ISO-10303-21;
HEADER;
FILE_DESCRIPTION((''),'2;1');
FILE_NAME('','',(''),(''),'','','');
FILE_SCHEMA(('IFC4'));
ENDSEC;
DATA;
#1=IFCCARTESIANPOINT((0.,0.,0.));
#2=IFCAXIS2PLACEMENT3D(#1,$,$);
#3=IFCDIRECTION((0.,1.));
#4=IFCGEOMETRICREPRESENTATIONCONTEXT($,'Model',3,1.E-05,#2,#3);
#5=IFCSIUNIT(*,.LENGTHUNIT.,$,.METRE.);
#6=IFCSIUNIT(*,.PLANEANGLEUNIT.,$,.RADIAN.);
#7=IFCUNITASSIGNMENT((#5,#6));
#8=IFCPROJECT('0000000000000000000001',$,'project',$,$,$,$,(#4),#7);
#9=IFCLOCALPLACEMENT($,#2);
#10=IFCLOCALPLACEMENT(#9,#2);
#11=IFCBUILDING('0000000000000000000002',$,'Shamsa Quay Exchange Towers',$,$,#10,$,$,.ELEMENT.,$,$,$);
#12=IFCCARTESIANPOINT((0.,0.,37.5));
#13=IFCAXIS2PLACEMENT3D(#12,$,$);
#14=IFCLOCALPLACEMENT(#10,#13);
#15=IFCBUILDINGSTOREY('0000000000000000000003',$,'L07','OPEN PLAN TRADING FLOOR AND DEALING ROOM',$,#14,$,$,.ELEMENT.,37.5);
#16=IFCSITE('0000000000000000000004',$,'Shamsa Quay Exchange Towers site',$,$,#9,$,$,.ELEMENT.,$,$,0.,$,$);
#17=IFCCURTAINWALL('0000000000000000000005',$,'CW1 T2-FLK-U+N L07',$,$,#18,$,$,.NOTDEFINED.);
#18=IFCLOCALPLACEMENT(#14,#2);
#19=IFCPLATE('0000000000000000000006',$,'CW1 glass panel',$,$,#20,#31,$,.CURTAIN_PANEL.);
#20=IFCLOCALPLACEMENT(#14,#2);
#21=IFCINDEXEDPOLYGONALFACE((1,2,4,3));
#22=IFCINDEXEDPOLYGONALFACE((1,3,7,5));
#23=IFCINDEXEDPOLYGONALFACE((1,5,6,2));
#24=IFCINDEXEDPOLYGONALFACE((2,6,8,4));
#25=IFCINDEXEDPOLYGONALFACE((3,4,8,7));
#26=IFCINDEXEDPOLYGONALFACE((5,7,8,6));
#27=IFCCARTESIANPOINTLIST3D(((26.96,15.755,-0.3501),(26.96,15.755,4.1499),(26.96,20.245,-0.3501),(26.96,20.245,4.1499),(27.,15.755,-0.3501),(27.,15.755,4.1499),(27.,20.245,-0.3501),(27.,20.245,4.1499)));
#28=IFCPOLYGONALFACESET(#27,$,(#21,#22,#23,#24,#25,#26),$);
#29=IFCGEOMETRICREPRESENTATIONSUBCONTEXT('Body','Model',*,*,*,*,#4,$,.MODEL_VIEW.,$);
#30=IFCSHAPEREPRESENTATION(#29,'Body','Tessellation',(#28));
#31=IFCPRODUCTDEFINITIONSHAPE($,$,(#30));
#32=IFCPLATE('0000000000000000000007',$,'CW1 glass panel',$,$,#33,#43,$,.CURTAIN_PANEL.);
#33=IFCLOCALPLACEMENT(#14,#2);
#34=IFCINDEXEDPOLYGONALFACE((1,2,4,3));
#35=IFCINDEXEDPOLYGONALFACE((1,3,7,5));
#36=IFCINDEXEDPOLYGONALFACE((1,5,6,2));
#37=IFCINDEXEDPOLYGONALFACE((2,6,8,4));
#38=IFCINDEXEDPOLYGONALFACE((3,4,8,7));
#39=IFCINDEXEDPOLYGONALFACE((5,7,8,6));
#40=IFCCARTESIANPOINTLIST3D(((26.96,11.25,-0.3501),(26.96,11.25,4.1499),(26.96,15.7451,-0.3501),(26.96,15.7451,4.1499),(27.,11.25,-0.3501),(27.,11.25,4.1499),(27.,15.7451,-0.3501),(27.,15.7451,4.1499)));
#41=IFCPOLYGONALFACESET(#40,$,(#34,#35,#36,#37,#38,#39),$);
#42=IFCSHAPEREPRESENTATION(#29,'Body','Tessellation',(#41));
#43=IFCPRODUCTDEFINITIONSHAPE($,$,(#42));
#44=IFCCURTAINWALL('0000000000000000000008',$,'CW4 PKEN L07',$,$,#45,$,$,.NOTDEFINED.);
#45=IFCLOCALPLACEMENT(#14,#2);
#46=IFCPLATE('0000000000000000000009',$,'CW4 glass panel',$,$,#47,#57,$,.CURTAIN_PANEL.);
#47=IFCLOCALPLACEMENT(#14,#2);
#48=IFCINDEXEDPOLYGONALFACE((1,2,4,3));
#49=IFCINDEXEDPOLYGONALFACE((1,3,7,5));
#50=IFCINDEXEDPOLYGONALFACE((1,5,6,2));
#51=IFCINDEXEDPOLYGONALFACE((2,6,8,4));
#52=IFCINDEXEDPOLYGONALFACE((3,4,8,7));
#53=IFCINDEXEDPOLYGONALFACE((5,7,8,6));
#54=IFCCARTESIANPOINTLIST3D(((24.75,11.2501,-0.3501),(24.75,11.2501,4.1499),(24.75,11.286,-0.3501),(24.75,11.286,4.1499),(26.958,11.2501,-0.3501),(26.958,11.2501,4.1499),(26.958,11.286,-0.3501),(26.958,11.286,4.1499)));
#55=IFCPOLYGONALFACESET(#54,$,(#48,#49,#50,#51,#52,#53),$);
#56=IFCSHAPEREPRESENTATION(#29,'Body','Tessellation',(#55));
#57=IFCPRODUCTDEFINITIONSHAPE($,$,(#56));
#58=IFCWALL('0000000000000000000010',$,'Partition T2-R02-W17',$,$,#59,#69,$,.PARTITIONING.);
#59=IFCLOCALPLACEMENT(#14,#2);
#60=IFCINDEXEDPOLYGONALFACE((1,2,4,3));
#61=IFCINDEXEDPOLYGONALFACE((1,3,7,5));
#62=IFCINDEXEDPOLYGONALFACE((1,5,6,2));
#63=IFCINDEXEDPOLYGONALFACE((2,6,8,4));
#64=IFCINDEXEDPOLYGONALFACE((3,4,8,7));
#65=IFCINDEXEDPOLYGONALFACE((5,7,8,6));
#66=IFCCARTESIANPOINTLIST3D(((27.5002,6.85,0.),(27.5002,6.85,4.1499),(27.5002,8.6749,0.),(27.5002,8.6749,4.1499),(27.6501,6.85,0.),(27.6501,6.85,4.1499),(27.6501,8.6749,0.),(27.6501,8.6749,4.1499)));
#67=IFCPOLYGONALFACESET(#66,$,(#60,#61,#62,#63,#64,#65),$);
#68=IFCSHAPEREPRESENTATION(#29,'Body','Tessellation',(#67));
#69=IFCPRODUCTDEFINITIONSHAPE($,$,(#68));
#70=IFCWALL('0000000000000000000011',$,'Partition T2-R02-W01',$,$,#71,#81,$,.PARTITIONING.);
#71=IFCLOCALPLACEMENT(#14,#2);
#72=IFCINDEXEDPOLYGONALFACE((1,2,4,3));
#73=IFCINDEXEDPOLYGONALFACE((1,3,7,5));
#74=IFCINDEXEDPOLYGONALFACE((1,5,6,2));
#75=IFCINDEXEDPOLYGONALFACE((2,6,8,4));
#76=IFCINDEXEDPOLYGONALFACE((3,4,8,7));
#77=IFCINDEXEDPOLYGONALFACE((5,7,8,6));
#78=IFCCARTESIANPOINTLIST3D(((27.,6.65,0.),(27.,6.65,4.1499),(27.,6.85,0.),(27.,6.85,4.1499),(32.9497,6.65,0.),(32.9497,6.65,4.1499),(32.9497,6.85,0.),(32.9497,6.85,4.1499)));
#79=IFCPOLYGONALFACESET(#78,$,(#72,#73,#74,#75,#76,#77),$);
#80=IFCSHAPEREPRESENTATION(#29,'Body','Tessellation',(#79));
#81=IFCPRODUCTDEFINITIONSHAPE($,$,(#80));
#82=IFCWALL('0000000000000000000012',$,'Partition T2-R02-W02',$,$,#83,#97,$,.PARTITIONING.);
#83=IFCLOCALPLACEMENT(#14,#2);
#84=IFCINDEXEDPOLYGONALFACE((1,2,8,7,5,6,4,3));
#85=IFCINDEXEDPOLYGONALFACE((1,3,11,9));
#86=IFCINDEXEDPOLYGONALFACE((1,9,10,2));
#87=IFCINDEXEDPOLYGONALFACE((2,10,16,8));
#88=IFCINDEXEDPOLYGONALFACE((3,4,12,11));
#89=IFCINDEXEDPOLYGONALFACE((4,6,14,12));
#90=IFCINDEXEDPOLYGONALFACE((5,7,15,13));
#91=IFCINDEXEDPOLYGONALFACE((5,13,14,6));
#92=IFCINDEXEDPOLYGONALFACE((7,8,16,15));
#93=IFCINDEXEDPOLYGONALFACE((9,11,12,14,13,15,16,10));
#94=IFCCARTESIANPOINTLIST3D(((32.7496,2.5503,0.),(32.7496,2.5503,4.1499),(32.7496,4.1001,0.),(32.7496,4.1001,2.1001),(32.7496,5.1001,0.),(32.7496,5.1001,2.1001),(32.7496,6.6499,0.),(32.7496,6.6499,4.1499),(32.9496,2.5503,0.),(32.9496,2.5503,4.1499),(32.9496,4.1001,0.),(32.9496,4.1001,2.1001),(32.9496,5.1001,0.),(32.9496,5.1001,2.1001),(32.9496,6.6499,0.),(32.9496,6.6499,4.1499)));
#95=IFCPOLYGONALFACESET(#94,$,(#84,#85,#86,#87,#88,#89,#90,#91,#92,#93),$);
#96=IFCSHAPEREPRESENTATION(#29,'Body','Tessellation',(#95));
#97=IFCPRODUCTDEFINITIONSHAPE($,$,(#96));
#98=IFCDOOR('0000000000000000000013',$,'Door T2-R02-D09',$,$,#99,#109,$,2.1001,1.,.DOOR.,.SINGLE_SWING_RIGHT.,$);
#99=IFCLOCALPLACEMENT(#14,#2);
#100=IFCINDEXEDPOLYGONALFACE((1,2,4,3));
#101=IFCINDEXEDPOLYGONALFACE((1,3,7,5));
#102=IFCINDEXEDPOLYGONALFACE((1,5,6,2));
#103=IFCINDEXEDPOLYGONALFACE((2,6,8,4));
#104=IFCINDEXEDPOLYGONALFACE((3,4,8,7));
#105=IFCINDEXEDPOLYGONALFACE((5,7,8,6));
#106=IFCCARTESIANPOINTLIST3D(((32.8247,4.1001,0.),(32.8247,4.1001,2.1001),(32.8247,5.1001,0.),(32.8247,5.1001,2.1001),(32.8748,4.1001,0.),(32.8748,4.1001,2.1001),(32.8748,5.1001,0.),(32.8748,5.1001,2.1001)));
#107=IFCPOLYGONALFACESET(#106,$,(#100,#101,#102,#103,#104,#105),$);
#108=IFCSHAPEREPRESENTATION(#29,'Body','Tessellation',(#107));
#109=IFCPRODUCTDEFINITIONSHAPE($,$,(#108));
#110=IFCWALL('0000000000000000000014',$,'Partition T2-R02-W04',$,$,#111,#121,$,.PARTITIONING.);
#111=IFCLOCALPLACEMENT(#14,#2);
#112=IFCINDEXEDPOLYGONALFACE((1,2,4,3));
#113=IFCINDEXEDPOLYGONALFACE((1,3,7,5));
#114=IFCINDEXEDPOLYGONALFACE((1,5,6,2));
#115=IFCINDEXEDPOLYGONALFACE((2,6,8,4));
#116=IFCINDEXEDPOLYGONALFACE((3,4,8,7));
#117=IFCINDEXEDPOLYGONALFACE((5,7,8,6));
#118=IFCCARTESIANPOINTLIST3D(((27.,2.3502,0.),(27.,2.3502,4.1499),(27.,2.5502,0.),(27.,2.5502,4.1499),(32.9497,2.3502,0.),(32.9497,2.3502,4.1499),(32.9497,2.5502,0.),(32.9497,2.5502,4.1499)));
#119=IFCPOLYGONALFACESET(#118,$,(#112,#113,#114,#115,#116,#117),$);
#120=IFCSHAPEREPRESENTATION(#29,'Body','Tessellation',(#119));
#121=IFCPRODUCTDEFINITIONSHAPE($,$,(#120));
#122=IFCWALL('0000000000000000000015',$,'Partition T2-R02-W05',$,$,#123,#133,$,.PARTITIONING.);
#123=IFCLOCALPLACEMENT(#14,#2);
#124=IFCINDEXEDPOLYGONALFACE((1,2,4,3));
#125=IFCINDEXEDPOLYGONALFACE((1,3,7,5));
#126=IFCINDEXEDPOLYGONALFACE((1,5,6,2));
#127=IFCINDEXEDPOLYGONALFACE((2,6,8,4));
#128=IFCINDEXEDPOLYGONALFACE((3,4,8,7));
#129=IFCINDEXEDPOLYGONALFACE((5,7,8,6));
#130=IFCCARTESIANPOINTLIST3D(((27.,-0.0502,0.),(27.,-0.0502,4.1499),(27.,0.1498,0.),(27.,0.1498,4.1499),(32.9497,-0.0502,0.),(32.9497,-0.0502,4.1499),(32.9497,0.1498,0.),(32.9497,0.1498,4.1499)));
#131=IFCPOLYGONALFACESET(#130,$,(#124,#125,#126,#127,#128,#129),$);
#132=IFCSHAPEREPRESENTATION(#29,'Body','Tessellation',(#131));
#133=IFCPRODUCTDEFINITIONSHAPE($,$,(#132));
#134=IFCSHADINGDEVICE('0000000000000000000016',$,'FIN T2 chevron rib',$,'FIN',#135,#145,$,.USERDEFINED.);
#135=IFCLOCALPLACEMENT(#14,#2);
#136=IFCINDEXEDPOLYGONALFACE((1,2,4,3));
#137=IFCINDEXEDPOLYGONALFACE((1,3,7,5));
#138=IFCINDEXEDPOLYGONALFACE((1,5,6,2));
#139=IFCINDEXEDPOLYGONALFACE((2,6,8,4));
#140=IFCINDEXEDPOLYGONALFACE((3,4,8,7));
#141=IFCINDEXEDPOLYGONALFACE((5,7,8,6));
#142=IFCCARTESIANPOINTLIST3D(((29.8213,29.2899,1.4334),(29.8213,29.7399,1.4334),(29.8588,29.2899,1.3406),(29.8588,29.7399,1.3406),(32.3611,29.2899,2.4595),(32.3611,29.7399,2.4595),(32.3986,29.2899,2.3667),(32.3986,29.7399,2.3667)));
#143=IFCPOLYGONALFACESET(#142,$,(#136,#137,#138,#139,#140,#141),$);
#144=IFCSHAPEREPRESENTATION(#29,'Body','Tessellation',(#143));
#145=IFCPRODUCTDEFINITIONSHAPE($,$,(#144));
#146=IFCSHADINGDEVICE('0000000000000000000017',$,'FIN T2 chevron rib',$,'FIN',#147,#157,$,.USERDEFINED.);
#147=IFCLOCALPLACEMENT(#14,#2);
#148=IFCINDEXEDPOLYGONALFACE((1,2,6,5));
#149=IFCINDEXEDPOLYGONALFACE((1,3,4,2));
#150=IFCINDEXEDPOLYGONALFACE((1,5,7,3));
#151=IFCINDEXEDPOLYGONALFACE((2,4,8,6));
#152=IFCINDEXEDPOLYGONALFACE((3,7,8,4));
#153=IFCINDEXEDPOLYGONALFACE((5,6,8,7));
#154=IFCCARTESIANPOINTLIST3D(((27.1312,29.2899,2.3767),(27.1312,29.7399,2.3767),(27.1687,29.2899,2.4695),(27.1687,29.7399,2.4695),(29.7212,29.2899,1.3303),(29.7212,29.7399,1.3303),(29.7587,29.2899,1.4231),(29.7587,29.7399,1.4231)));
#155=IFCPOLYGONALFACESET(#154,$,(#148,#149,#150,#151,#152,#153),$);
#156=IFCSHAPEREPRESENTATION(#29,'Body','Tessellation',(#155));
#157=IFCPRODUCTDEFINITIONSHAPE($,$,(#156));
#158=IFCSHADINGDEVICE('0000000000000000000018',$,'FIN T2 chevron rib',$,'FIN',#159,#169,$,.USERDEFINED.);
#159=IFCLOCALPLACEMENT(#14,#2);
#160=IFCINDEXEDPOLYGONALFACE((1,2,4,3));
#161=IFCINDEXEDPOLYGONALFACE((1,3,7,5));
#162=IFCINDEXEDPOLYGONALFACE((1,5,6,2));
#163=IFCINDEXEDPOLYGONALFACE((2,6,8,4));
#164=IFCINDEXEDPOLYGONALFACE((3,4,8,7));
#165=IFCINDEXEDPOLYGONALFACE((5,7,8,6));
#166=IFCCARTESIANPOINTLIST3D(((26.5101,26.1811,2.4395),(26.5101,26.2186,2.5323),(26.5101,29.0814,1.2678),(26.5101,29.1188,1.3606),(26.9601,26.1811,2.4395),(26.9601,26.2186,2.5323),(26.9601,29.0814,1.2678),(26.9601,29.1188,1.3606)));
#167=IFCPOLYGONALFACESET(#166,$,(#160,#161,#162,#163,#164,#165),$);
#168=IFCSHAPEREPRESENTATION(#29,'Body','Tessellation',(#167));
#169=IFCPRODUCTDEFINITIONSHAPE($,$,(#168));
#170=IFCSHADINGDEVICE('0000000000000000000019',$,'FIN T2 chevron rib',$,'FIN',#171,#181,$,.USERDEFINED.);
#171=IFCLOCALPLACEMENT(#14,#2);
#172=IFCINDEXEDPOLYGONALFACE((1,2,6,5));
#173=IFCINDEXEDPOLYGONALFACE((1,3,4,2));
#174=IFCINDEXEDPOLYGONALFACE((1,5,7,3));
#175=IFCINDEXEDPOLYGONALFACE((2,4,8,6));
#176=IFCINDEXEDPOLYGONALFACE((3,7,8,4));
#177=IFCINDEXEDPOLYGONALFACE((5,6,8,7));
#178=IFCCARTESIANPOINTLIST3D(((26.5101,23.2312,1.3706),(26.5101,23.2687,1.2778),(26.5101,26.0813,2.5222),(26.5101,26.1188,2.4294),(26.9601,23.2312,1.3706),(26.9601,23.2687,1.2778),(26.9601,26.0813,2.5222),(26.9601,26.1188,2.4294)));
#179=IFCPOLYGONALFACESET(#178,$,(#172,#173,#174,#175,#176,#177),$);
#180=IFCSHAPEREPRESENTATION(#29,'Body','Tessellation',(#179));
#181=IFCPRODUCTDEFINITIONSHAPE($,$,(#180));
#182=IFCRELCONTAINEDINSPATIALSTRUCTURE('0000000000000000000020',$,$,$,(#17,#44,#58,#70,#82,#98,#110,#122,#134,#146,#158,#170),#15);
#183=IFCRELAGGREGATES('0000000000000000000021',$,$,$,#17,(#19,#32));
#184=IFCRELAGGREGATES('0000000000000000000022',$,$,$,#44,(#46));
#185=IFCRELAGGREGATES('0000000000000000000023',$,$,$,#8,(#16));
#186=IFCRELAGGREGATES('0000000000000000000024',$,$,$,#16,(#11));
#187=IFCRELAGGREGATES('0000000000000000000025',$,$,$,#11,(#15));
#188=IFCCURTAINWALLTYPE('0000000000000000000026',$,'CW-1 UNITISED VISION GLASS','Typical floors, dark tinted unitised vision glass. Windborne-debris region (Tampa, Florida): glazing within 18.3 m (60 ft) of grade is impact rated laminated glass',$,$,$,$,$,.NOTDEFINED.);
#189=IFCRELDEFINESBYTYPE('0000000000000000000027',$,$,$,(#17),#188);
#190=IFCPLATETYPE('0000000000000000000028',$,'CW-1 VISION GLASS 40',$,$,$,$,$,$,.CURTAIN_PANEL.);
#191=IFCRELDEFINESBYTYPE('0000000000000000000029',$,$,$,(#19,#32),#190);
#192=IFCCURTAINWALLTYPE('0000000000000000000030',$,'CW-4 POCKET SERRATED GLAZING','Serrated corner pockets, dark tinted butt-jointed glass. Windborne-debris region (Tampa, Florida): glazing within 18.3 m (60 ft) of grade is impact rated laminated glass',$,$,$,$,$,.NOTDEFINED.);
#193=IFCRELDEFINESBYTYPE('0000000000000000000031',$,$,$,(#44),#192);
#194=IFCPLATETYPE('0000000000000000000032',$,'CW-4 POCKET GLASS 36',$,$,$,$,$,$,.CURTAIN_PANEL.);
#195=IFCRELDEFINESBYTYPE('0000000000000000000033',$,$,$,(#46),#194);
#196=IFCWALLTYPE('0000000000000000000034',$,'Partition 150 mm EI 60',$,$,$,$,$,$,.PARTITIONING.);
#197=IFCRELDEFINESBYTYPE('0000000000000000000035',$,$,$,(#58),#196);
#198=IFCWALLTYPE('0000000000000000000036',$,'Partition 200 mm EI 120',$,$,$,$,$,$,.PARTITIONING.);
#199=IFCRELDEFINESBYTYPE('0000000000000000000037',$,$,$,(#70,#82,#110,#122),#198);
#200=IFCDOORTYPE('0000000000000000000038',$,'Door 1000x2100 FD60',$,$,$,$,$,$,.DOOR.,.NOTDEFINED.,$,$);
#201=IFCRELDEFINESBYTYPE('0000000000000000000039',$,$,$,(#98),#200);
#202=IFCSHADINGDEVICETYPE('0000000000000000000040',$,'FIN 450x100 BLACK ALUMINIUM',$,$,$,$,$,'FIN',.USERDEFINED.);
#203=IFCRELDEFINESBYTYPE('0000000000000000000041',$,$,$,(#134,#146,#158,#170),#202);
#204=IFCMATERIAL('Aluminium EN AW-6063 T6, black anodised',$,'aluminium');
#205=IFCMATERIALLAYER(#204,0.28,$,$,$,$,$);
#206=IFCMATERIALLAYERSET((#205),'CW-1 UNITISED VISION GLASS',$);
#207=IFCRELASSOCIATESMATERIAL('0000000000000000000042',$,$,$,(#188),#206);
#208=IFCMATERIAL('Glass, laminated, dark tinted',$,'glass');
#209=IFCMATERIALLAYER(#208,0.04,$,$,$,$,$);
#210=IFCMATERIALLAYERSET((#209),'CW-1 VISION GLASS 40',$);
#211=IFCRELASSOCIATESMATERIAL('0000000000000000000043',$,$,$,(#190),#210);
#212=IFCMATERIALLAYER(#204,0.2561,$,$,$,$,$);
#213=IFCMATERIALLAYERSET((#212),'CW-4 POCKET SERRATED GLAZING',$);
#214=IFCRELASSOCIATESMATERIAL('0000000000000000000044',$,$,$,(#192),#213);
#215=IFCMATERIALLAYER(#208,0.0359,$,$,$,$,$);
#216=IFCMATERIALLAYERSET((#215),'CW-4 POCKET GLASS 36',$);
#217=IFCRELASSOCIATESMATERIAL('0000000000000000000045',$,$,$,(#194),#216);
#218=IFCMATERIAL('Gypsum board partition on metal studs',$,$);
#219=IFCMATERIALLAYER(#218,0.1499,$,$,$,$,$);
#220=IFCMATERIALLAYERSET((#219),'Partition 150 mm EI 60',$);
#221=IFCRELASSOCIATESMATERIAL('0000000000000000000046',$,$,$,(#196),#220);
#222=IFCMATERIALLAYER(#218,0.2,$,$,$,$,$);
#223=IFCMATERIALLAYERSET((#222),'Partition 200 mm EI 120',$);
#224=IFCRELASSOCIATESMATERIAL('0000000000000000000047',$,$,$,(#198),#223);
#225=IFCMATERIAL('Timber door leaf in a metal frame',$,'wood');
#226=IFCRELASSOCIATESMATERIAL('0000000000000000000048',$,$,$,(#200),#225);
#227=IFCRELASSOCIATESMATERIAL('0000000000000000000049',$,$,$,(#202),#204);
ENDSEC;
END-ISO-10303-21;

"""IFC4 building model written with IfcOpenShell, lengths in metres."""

from ifc_helpers import new_model, si_unit, direction, frame, frame_2d, origin, origin_2d, place, context, subcontext, project, spatial, rectangle, extrude, material, layer, layer_set, material_profile, profile_set, type_object, element, fill, aggregate, save


model = new_model("IFC4")

# Units and contexts
model_context = context("Model", 3, precision=1e-05, world=origin(), true_north=direction((0.0, 1.0)))
body_context = subcontext(model_context, "Body", "Model", "MODEL_VIEW")
ifc_project = project(units=[si_unit("LENGTHUNIT", "METRE"), si_unit("PLANEANGLEUNIT", "RADIAN")], contexts=[model_context])

# Site, building, storey
site_placement = place(None, origin())
site = spatial("IfcSite", under=ifc_project, at=site_placement, Name="Shamsa Quay Exchange Towers site", CompositionType="ELEMENT", RefElevation=0.0)
building_placement = place(site_placement, origin())
building = spatial("IfcBuilding", under=site, at=building_placement, Name="Shamsa Quay Exchange Towers", CompositionType="ELEMENT")
storey_placement = place(building_placement, frame((0.0, 0.0, 37.5)))
storey = spatial("IfcBuildingStorey", under=building, at=storey_placement, Name="L07", Description="OPEN PLAN TRADING FLOOR AND DEALING ROOM", CompositionType="ELEMENT", Elevation=37.5)

# Shared definitions
ifc_material_1 = material(Name="Aluminium EN AW-6063 T6, black anodised", Category="aluminium")
ifc_layer_1 = layer(ifc_material_1, 0.28)
ifc_layer_set_1 = layer_set([ifc_layer_1], Name="CW-1 UNITISED VISION GLASS")
curtain_wall_type_1 = type_object("IfcCurtainWallType", Name="CW-1 UNITISED VISION GLASS", Description="Typical floors, dark tinted unitised vision glass. Windborne-debris region (Tampa, Florida): glazing within 18.3 m (60 ft) of grade is impact rated laminated glass", PredefinedType="NOTDEFINED", material=ifc_layer_set_1)

# Curtain wall
curtain_wall_1_placement = place(storey_placement, origin())
curtain_wall_1 = element("IfcCurtainWall", 1, at=curtain_wall_1_placement, inside=storey, type_object=curtain_wall_type_1, Name="CW1 T2-FLK-U+N L07", PredefinedType="NOTDEFINED")

# Plates
ifc_material_2 = material(Name="Glass, laminated, dark tinted", Category="glass")
ifc_layer_2 = layer(ifc_material_2, 0.04)
ifc_layer_set_2 = layer_set([ifc_layer_2], Name="CW-1 VISION GLASS 40")
plate_type_1 = type_object("IfcPlateType", Name="CW-1 VISION GLASS 40", PredefinedType="CURTAIN_PANEL", material=ifc_layer_set_2)
plate_1_placement = place(storey_placement, frame((26.98, 18.0, -0.3501), z_axis=(0.0, 0.0, 1.0), x_axis=(0.0, -1.0, 0.0)))
plate_1 = element("IfcPlate", 2, at=plate_1_placement, type_object=plate_type_1, Name="CW1 glass panel", PredefinedType="CURTAIN_PANEL", context=body_context, shape_type="SweptSolid", body=[
    extrude(rectangle(XDim=4.49, YDim=0.04, at=origin_2d()), origin(), (0.0, 0.0, 1.0), 4.5),
])
plate_2_placement = place(storey_placement, frame((26.98, 13.4976, -0.3501), z_axis=(0.0, 0.0, 1.0), x_axis=(0.0, -1.0, 0.0)))
plate_2 = element("IfcPlate", 3, at=plate_2_placement, type_object=plate_type_1, Name="CW1 glass panel", PredefinedType="CURTAIN_PANEL", context=body_context, shape_type="SweptSolid", body=[
    extrude(rectangle(XDim=4.4951, YDim=0.04, at=origin_2d()), origin(), (0.0, 0.0, 1.0), 4.5),
])
aggregate(curtain_wall_1, [plate_1, plate_2])

# Curtain wall, plate
ifc_layer_3 = layer(ifc_material_1, 0.2561)
ifc_layer_set_3 = layer_set([ifc_layer_3], Name="CW-4 POCKET SERRATED GLAZING")
curtain_wall_type_2 = type_object("IfcCurtainWallType", Name="CW-4 POCKET SERRATED GLAZING", Description="Serrated corner pockets, dark tinted butt-jointed glass. Windborne-debris region (Tampa, Florida): glazing within 18.3 m (60 ft) of grade is impact rated laminated glass", PredefinedType="NOTDEFINED", material=ifc_layer_set_3)
curtain_wall_2_placement = place(storey_placement, origin())
curtain_wall_2 = element("IfcCurtainWall", 4, at=curtain_wall_2_placement, inside=storey, type_object=curtain_wall_type_2, Name="CW4 PKEN L07", PredefinedType="NOTDEFINED")
ifc_layer_4 = layer(ifc_material_2, 0.0359)
ifc_layer_set_4 = layer_set([ifc_layer_4], Name="CW-4 POCKET GLASS 36")
plate_type_2 = type_object("IfcPlateType", Name="CW-4 POCKET GLASS 36", PredefinedType="CURTAIN_PANEL", material=ifc_layer_set_4)
plate_3_placement = place(storey_placement, frame((25.854, 11.2681, -0.3501), z_axis=(0.0, 0.0, 1.0), x_axis=(-1.0, 0.0, 0.0)))
plate_3 = element("IfcPlate", 5, at=plate_3_placement, type_object=plate_type_2, Name="CW4 glass panel", PredefinedType="CURTAIN_PANEL", context=body_context, shape_type="SweptSolid", body=[
    extrude(rectangle(XDim=2.208, YDim=0.0359, at=origin_2d()), origin(), (0.0, 0.0, 1.0), 4.5),
])
aggregate(curtain_wall_2, [plate_3])

# Walls
ifc_material_3 = material(Name="Gypsum board partition on metal studs")
ifc_layer_5 = layer(ifc_material_3, 0.1499)
ifc_layer_set_5 = layer_set([ifc_layer_5], Name="Partition 150 mm EI 60")
wall_type_1 = type_object("IfcWallType", Name="Partition 150 mm EI 60", PredefinedType="PARTITIONING", material=ifc_layer_set_5)
wall_1_placement = place(storey_placement, frame((27.5752, 8.675, 0.0), z_axis=(0.0, 0.0, 1.0), x_axis=(0.0, -1.0, 0.0)))
element("IfcWall", 6, at=wall_1_placement, inside=storey, type_object=wall_type_1, Name="Partition T2-R02-W17", PredefinedType="PARTITIONING", context=body_context, shape_type="SweptSolid", body=[
    extrude(rectangle(XDim=1.825, YDim=0.1499, at=frame_2d((0.9126, 0.0))), origin(), (0.0, 0.0, 1.0), 4.1499),
])
ifc_layer_6 = layer(ifc_material_3, 0.2)
ifc_layer_set_6 = layer_set([ifc_layer_6], Name="Partition 200 mm EI 120")
wall_type_2 = type_object("IfcWallType", Name="Partition 200 mm EI 120", PredefinedType="PARTITIONING", material=ifc_layer_set_6)
wall_2_placement = place(storey_placement, frame((32.9497, 6.75, 0.0), z_axis=(0.0, 0.0, 1.0), x_axis=(-1.0, 0.0, 0.0)))
element("IfcWall", 7, at=wall_2_placement, inside=storey, type_object=wall_type_2, Name="Partition T2-R02-W01", PredefinedType="PARTITIONING", context=body_context, shape_type="SweptSolid", body=[
    extrude(rectangle(XDim=5.9497, YDim=0.2, at=frame_2d((2.9749, 0.0))), origin(), (0.0, 0.0, 1.0), 4.1499),
])

# Wall, opening, door
wall_3_placement = place(storey_placement, frame((32.8496, 2.5503, 0.0), z_axis=(0.0, 0.0, 1.0), x_axis=(0.0, 1.0, 0.0)))
wall_3 = element("IfcWall", 8, at=wall_3_placement, inside=storey, type_object=wall_type_2, Name="Partition T2-R02-W02", PredefinedType="PARTITIONING", context=body_context, shape_type="SweptSolid", body=[
    extrude(rectangle(XDim=4.0996, YDim=0.2, at=frame_2d((2.0498, 0.0))), origin(), (0.0, 0.0, 1.0), 4.1499),
])
opening_1_placement = place(wall_3_placement, frame((1.5498, 0.0, 0.0)))
opening_1 = element("IfcOpeningElement", 9, at=opening_1_placement, cuts=wall_3, PredefinedType="OPENING", context=body_context, shape_type="SweptSolid", body=[
    extrude(rectangle(XDim=1.0, YDim=2.1001, at=frame_2d((0.5, 1.05))), frame((0.0, 0.1099, 0.0), z_axis=(0.0, -1.0, 0.0), x_axis=(1.0, 0.0, 0.0)), (0.0, 0.0, 1.0), 0.22),
])
ifc_material_4 = material(Name="Timber door leaf in a metal frame", Category="wood")
door_type_1 = type_object("IfcDoorType", Name="Door 1000x2100 FD60", OperationType="NOTDEFINED", PredefinedType="DOOR", material=ifc_material_4)
door_1_placement = place(opening_1_placement, origin())
door_1 = element("IfcDoor", 10, at=door_1_placement, inside=storey, type_object=door_type_1, Name="Door T2-R02-D09", OperationType="SINGLE_SWING_RIGHT", OverallHeight=2.1001, OverallWidth=1.0, PredefinedType="DOOR", context=body_context, shape_type="SweptSolid", body=[
    extrude(rectangle(XDim=1.0, YDim=2.1001, at=frame_2d((0.5, 1.05))), frame((0.0, 0.0249, 0.0), z_axis=(0.0, -1.0, 0.0), x_axis=(1.0, 0.0, 0.0)), (0.0, 0.0, 1.0), 0.05),
])
fill(opening_1, door_1)

# Walls
wall_4_placement = place(storey_placement, frame((27.0, 2.4502, 0.0)))
element("IfcWall", 11, at=wall_4_placement, inside=storey, type_object=wall_type_2, Name="Partition T2-R02-W04", PredefinedType="PARTITIONING", context=body_context, shape_type="SweptSolid", body=[
    extrude(rectangle(XDim=5.9497, YDim=0.2, at=frame_2d((2.9749, 0.0))), origin(), (0.0, 0.0, 1.0), 4.1499),
])
wall_5_placement = place(storey_placement, frame((32.9497, 0.0498, 0.0), z_axis=(0.0, 0.0, 1.0), x_axis=(-1.0, 0.0, 0.0)))
element("IfcWall", 12, at=wall_5_placement, inside=storey, type_object=wall_type_2, Name="Partition T2-R02-W05", PredefinedType="PARTITIONING", context=body_context, shape_type="SweptSolid", body=[
    extrude(rectangle(XDim=5.9497, YDim=0.2, at=frame_2d((2.9749, 0.0))), origin(), (0.0, 0.0, 1.0), 4.1499),
])

# Shading devices
ifc_material_profile_1 = material_profile(ifc_material_1, rectangle(XDim=0.45, YDim=0.1001, at=origin_2d()), Name="FIN450x100")
ifc_profile_set_1 = profile_set([ifc_material_profile_1], Name="Aluminium EN AW-6063 T6, black anodised")
shading_device_type = type_object("IfcShadingDeviceType", Name="FIN 450x100 BLACK ALUMINIUM", ElementType="FIN", PredefinedType="USERDEFINED", material=ifc_profile_set_1)
shading_device_1_placement = place(storey_placement, frame((32.3799, 29.5149, 2.4131), z_axis=(-0.927186, 0.0, -0.3746), x_axis=(0.0, -1.0, 0.0)))
element("IfcShadingDevice", 13, at=shading_device_1_placement, inside=storey, type_object=shading_device_type, Name="FIN T2 chevron rib", ObjectType="FIN", PredefinedType="USERDEFINED", context=body_context, shape_type="SweptSolid", body=[
    extrude(rectangle(XDim=0.45, YDim=0.1001, at=origin_2d()), origin(), (0.0, 0.0, 1.0), 2.7393),
])
shading_device_2_placement = place(storey_placement, frame((29.74, 29.5149, 1.3767), z_axis=(-0.927193, 0.0, 0.374583), x_axis=(0.0, -1.0, 0.0)))
element("IfcShadingDevice", 14, at=shading_device_2_placement, inside=storey, type_object=shading_device_type, Name="FIN T2 chevron rib", ObjectType="FIN", PredefinedType="USERDEFINED", context=body_context, shape_type="SweptSolid", body=[
    extrude(rectangle(XDim=0.45, YDim=0.1001, at=origin_2d()), origin(), (0.0, 0.0, 1.0), 2.7935),
])
shading_device_3_placement = place(storey_placement, frame((26.7351, 29.1001, 1.3142), z_axis=(0.0, -0.927195, 0.374578), x_axis=(1.0, 0.0, 0.0)))
element("IfcShadingDevice", 15, at=shading_device_3_placement, inside=storey, type_object=shading_device_type, Name="FIN T2 chevron rib", ObjectType="FIN", PredefinedType="USERDEFINED", context=body_context, shape_type="SweptSolid", body=[
    extrude(rectangle(XDim=0.45, YDim=0.1001, at=origin_2d()), origin(), (0.0, 0.0, 1.0), 3.1279),
])
shading_device_4_placement = place(storey_placement, frame((26.7351, 26.1001, 2.4758), z_axis=(0.0, -0.927173, -0.374634), x_axis=(1.0, 0.0, 0.0)))
element("IfcShadingDevice", 16, at=shading_device_4_placement, inside=storey, type_object=shading_device_type, Name="FIN T2 chevron rib", ObjectType="FIN", PredefinedType="USERDEFINED", context=body_context, shape_type="SweptSolid", body=[
    extrude(rectangle(XDim=0.45, YDim=0.1001, at=origin_2d()), origin(), (0.0, 0.0, 1.0), 3.074),
])

save(model, "model.ifc")
